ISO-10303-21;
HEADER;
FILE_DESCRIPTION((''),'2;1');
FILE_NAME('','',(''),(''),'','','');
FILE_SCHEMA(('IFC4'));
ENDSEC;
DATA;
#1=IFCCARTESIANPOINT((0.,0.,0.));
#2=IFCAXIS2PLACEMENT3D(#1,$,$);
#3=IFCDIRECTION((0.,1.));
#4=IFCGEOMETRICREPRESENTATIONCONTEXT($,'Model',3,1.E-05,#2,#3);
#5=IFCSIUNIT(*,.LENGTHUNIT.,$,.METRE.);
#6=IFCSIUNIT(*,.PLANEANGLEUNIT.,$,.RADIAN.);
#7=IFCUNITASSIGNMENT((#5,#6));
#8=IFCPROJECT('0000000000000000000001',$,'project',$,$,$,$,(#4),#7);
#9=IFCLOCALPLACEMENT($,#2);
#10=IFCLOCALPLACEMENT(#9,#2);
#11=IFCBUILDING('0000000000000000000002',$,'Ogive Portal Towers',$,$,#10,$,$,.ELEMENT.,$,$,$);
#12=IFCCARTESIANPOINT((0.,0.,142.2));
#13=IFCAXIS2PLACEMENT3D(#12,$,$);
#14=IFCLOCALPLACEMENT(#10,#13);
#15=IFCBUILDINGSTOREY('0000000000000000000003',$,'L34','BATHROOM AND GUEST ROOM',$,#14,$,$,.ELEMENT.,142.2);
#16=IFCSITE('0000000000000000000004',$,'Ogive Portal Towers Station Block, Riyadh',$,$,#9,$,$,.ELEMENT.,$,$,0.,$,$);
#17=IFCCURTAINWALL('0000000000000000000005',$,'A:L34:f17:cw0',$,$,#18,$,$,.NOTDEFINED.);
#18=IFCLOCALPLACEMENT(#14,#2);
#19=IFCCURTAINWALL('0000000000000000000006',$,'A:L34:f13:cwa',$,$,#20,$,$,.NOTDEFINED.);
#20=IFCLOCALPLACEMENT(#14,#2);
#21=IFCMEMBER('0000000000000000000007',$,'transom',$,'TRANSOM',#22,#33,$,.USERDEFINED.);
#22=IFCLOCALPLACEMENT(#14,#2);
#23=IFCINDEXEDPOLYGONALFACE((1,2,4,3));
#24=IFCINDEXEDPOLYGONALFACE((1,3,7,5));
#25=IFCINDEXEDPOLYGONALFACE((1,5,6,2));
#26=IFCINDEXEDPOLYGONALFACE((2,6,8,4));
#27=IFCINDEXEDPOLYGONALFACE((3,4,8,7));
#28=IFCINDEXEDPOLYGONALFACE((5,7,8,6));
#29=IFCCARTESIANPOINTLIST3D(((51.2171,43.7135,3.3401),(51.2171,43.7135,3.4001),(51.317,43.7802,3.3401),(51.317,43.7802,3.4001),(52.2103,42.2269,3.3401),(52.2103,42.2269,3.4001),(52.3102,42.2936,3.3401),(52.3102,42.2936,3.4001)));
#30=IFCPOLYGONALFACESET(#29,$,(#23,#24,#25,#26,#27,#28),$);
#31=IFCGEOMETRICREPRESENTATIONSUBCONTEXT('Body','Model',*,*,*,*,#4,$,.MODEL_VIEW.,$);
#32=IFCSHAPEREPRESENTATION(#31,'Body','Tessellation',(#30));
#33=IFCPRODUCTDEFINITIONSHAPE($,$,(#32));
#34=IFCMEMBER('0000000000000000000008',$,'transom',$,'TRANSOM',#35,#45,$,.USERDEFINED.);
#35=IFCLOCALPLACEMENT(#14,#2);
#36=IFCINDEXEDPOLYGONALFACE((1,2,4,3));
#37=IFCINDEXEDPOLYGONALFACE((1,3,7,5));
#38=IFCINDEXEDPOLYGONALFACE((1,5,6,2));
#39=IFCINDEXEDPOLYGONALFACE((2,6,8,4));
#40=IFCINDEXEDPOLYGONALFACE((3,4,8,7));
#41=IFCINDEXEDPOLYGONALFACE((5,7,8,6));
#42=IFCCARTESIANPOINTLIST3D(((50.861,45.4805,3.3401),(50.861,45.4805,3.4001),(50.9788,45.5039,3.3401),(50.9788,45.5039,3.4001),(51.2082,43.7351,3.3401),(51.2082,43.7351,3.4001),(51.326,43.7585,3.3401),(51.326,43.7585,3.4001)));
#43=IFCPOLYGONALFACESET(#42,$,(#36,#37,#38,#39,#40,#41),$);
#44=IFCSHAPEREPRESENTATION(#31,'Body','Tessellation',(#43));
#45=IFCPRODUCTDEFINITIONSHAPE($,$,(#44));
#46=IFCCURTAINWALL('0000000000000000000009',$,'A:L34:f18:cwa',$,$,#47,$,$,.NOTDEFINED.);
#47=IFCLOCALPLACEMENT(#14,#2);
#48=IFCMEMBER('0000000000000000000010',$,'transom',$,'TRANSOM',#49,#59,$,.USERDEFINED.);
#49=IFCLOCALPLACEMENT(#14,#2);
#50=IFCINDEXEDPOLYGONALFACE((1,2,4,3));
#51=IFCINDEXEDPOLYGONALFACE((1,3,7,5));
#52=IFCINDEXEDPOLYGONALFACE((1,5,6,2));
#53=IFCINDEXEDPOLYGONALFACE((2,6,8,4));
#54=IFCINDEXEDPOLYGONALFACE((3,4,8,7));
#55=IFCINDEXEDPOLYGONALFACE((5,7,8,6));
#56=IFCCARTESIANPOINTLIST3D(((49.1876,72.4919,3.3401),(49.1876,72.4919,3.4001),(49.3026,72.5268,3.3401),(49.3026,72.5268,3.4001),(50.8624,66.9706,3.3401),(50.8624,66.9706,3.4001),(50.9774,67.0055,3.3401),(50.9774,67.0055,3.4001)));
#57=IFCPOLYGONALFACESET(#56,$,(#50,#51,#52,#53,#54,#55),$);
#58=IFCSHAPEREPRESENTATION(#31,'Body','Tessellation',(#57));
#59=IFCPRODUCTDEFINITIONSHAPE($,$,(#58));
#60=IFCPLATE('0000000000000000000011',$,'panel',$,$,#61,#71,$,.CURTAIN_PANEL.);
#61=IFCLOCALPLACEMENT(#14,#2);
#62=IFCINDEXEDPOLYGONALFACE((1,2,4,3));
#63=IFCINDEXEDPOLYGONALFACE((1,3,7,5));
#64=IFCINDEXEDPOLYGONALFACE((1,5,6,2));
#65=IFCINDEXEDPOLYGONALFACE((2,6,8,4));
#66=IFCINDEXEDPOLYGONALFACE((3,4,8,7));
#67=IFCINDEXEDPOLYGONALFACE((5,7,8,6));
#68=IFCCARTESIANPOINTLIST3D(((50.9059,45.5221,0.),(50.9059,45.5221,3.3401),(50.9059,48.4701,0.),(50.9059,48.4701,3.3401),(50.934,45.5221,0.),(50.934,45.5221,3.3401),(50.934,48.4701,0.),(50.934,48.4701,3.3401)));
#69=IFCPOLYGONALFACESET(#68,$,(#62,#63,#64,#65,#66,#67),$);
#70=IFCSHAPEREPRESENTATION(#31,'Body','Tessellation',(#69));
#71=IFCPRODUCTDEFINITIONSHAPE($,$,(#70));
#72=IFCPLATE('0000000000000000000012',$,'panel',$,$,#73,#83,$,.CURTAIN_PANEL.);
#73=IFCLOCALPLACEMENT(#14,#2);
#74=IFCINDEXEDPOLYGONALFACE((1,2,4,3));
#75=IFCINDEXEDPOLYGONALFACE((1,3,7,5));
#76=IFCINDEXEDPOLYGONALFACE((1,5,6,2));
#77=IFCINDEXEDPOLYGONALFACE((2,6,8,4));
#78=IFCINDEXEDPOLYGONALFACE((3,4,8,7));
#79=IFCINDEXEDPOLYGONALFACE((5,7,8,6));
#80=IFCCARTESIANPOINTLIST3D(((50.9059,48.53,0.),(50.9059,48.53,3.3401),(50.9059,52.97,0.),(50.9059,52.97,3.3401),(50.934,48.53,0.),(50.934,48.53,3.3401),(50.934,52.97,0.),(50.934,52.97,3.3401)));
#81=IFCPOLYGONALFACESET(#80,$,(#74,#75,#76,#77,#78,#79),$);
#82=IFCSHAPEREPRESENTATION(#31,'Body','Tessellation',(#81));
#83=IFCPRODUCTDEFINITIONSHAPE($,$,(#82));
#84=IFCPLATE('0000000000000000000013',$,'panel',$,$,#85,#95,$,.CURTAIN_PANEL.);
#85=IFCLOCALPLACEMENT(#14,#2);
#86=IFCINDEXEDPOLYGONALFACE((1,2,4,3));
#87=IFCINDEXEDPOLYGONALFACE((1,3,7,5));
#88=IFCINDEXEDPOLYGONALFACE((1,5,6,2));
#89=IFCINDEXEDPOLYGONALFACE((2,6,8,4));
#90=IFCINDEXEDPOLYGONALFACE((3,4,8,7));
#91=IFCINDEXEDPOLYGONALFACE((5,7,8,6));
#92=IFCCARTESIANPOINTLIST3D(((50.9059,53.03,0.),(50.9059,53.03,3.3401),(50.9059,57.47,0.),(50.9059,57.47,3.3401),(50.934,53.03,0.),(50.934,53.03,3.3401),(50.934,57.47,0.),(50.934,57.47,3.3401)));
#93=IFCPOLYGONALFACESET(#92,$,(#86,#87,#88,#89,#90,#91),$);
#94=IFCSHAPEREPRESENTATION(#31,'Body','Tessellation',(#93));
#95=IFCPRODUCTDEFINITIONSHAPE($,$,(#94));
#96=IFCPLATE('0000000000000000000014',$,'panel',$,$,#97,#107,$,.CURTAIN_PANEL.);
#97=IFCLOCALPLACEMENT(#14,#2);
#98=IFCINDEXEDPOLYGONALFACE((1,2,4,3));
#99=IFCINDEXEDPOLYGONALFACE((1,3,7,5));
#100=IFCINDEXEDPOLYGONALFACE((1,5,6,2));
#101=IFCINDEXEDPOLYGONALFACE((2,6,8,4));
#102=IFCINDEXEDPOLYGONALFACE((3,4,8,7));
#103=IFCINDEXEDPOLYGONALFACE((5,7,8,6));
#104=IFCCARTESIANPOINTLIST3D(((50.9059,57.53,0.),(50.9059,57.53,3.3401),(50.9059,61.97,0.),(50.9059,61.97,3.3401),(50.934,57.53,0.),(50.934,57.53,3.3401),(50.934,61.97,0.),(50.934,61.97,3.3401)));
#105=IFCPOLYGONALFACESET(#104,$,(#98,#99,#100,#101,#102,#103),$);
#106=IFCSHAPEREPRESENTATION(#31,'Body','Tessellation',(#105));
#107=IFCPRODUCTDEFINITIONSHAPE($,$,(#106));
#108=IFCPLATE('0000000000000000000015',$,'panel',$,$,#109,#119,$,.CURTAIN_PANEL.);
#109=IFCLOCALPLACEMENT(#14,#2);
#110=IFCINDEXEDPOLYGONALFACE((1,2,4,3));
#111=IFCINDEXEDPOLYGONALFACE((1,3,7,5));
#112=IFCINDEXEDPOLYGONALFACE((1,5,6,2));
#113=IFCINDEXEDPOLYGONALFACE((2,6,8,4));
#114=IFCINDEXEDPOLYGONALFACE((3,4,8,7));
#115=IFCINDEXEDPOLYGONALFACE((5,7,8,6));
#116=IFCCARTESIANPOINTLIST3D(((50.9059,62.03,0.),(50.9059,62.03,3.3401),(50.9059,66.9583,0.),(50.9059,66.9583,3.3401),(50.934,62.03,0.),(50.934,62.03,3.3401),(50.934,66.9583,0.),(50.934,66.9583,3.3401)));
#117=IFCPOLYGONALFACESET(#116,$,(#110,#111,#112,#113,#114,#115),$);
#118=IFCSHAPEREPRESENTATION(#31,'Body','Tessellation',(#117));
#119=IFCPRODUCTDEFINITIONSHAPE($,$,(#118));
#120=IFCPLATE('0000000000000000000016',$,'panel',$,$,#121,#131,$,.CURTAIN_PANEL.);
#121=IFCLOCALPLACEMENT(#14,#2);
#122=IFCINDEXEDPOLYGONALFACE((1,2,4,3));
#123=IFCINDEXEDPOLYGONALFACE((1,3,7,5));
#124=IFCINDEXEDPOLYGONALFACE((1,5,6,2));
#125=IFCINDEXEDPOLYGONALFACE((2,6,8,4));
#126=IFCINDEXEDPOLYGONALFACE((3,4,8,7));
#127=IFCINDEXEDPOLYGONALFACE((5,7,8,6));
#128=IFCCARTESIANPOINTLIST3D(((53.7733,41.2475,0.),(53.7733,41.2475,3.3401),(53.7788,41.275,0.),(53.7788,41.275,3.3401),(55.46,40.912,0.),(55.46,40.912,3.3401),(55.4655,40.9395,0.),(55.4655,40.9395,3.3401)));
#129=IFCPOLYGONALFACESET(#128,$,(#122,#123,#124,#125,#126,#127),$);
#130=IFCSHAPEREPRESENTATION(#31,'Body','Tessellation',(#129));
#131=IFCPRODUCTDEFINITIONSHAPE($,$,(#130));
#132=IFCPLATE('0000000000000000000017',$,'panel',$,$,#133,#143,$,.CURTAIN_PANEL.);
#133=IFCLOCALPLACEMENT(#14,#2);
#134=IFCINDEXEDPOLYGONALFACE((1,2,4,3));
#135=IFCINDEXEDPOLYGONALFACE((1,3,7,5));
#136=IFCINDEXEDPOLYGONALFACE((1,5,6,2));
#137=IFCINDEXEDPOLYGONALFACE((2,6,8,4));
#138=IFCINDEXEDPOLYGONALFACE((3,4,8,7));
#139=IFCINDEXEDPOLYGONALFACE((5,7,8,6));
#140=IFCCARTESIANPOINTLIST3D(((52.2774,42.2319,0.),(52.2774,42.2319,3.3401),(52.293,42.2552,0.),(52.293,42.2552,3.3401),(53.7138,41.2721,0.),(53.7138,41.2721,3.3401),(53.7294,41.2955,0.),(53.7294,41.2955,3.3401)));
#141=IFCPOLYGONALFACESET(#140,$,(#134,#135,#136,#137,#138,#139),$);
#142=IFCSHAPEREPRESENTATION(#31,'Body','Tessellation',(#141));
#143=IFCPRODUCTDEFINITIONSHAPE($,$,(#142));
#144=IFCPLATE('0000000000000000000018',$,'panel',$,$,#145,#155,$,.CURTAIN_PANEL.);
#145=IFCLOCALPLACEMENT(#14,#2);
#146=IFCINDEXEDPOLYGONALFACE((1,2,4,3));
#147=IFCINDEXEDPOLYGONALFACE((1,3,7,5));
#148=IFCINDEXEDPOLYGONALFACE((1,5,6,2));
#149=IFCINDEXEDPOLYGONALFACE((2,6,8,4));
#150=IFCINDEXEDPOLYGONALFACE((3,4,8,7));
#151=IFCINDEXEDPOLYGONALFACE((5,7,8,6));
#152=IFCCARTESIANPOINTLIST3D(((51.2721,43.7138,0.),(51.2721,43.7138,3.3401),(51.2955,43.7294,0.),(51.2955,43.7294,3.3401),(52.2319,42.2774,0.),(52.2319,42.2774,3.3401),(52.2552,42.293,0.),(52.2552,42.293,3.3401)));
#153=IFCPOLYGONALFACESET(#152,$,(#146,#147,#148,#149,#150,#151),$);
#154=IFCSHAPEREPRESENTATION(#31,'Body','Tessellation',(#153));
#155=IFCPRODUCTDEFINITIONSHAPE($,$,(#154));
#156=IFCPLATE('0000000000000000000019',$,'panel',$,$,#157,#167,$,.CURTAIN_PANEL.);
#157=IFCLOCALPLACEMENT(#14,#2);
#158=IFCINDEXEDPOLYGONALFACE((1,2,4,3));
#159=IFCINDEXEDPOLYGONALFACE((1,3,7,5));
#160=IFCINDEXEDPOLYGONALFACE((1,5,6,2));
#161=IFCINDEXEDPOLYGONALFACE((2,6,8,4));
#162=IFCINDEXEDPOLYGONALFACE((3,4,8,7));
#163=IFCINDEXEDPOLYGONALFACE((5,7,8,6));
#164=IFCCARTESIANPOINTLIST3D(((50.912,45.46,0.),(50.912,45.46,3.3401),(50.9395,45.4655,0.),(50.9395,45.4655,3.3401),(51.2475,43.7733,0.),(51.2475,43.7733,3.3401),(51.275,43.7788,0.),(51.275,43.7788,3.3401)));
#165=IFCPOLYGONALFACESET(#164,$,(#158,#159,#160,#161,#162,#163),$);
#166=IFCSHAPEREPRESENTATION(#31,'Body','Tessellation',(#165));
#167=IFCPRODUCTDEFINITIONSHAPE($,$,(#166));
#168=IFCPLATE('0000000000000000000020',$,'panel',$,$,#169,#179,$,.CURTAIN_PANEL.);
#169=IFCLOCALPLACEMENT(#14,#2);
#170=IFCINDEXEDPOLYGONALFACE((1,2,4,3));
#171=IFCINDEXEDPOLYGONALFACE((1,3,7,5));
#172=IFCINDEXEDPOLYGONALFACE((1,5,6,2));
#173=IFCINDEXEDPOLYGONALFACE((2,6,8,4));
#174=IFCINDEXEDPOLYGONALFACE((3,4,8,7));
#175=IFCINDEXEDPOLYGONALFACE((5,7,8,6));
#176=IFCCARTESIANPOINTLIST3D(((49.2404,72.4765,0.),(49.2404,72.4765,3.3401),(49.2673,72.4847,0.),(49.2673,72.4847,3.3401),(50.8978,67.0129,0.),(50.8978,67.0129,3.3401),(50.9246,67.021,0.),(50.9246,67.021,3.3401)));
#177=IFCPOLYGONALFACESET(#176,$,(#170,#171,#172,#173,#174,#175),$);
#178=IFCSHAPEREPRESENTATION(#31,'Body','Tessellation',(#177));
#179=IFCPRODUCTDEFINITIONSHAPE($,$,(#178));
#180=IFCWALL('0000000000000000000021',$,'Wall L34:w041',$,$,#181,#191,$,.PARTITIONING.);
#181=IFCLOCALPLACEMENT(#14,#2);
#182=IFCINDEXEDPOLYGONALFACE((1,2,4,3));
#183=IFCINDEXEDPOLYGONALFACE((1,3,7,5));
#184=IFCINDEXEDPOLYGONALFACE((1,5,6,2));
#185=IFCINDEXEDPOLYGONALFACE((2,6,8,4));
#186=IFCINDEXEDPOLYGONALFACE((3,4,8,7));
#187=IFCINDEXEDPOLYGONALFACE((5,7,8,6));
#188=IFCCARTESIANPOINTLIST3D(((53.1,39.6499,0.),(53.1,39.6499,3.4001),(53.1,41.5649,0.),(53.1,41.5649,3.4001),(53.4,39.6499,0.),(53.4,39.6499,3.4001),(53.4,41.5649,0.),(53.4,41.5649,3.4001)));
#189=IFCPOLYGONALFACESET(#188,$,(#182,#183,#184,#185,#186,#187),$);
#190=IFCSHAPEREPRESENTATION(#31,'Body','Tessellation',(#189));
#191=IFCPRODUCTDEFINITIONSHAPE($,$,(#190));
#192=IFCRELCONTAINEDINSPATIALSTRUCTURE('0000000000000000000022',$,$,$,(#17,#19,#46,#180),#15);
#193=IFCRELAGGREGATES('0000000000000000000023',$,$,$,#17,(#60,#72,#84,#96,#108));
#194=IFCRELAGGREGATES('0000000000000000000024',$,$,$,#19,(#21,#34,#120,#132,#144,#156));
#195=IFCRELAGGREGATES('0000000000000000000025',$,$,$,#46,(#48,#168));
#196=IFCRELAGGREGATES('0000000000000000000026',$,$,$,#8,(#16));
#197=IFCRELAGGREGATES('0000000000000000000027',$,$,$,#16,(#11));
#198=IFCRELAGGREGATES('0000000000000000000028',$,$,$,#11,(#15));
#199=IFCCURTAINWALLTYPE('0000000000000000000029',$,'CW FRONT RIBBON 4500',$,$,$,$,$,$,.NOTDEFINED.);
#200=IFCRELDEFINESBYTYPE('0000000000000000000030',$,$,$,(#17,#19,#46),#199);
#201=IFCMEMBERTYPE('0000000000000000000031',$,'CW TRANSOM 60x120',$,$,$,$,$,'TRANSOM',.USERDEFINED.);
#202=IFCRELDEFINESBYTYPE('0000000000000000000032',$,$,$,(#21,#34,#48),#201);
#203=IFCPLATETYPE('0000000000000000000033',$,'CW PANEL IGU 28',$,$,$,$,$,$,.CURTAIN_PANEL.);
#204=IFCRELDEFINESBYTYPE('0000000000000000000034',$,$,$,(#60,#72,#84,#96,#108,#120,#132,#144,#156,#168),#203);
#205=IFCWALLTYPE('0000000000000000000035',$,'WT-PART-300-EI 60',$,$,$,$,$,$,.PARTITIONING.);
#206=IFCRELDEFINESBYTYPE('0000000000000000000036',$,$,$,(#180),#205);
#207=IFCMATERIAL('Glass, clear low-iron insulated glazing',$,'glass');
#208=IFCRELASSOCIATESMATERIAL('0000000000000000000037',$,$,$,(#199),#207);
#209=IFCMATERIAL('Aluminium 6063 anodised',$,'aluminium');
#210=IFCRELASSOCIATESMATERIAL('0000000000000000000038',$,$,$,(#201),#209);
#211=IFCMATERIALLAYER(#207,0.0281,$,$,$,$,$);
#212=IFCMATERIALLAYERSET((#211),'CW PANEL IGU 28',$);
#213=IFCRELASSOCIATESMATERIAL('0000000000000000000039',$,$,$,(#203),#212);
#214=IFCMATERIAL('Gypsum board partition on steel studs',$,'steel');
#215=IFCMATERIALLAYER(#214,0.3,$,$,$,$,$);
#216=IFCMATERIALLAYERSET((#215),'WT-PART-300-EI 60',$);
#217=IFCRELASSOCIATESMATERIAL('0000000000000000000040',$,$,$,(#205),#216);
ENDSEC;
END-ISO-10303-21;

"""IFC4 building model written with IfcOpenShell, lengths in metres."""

from ifc_helpers import new_model, si_unit, direction, frame, frame_2d, origin, origin_2d, place, context, subcontext, project, spatial, rectangle, extrude, material, layer, layer_set, material_profile, profile_set, type_object, element, aggregate, save


model = new_model("IFC4")

# Units and contexts
model_context = context("Model", 3, precision=1e-05, world=origin(), true_north=direction((0.0, 1.0)))
body_context = subcontext(model_context, "Body", "Model", "MODEL_VIEW")
ifc_project = project(units=[si_unit("LENGTHUNIT", "METRE"), si_unit("PLANEANGLEUNIT", "RADIAN")], contexts=[model_context])

# Site, building, storey
site_placement = place(None, origin())
site = spatial("IfcSite", under=ifc_project, at=site_placement, Name="Ogive Portal Towers Station Block, Riyadh", CompositionType="ELEMENT", RefElevation=0.0)
building_placement = place(site_placement, origin())
building = spatial("IfcBuilding", under=site, at=building_placement, Name="Ogive Portal Towers", CompositionType="ELEMENT")
storey_placement = place(building_placement, frame((0.0, 0.0, 142.2)))
storey = spatial("IfcBuildingStorey", under=building, at=storey_placement, Name="L34", Description="BATHROOM AND GUEST ROOM", CompositionType="ELEMENT", Elevation=142.2)

# Curtain walls
ifc_material_1 = material(Name="Glass, clear low-iron insulated glazing", Category="glass")
curtain_wall_type = type_object("IfcCurtainWallType", Name="CW FRONT RIBBON 4500", PredefinedType="NOTDEFINED", material=ifc_material_1)
curtain_wall_1_placement = place(storey_placement, origin())
curtain_wall_1 = element("IfcCurtainWall", 1, at=curtain_wall_1_placement, inside=storey, type_object=curtain_wall_type, Name="A:L34:f17:cw0", PredefinedType="NOTDEFINED")
ifc_material_2 = material(Name="Aluminium 6063 anodised", Category="aluminium")
curtain_wall_2_placement = place(storey_placement, origin())
curtain_wall_2 = element("IfcCurtainWall", 2, at=curtain_wall_2_placement, inside=storey, type_object=curtain_wall_type, Name="A:L34:f13:cwa", PredefinedType="NOTDEFINED")

# Members
ifc_material_profile_1 = material_profile(ifc_material_2, rectangle(XDim=0.1201, YDim=0.0601, at=origin_2d()), Name="AL 120x60")
ifc_profile_set_1 = profile_set([ifc_material_profile_1], Name="Aluminium 6063 anodised")
member_type_1 = type_object("IfcMemberType", Name="CW TRANSOM 60x120", ElementType="TRANSOM", PredefinedType="USERDEFINED", material=ifc_profile_set_1)
member_1_placement = place(storey_placement, frame((52.2603, 42.2603, 3.3701), z_axis=(-0.555519, 0.831504, 0.0), x_axis=(-0.831504, -0.555519, 0.0)))
member_1 = element("IfcMember", 3, at=member_1_placement, type_object=member_type_1, Name="transom", ObjectType="TRANSOM", PredefinedType="USERDEFINED", context=body_context, shape_type="SweptSolid", body=[
    extrude(rectangle(XDim=0.1201, YDim=0.0601, at=origin_2d()), origin(), (0.0, 0.0, 1.0), 1.7878),
])
member_2_placement = place(storey_placement, frame((51.2671, 43.7468, 3.3701), z_axis=(-0.195087, 0.980786, 0.0), x_axis=(-0.980786, -0.195087, 0.0)))
member_2 = element("IfcMember", 4, at=member_2_placement, type_object=member_type_1, Name="transom", ObjectType="TRANSOM", PredefinedType="USERDEFINED", context=body_context, shape_type="SweptSolid", body=[
    extrude(rectangle(XDim=0.1201, YDim=0.0601, at=origin_2d()), origin(), (0.0, 0.0, 1.0), 1.7795),
])

# Curtain wall, member
curtain_wall_3_placement = place(storey_placement, origin())
curtain_wall_3 = element("IfcCurtainWall", 5, at=curtain_wall_3_placement, inside=storey, type_object=curtain_wall_type, Name="A:L34:f18:cwa", PredefinedType="NOTDEFINED")
member_3_placement = place(storey_placement, frame((50.9199, 66.988, 3.3701), z_axis=(-0.290277, 0.956943, 0.0), x_axis=(-0.956943, -0.290277, 0.0)))
member_3 = element("IfcMember", 6, at=member_3_placement, type_object=member_type_1, Name="transom", ObjectType="TRANSOM", PredefinedType="USERDEFINED", context=body_context, shape_type="SweptSolid", body=[
    extrude(rectangle(XDim=0.1201, YDim=0.0601, at=origin_2d()), origin(), (0.0, 0.0, 1.0), 5.7698),
])

# Plates
ifc_layer_1 = layer(ifc_material_1, 0.0281)
ifc_layer_set_1 = layer_set([ifc_layer_1], Name="CW PANEL IGU 28")
plate_type = type_object("IfcPlateType", Name="CW PANEL IGU 28", PredefinedType="CURTAIN_PANEL", material=ifc_layer_set_1)
plate_1_placement = place(storey_placement, frame((50.9199, 46.9961, 0.0), z_axis=(0.0, 0.0, 1.0), x_axis=(0.0, 1.0, 0.0)))
plate_1 = element("IfcPlate", 7, at=plate_1_placement, type_object=plate_type, Name="panel", PredefinedType="CURTAIN_PANEL", context=body_context, shape_type="SweptSolid", body=[
    extrude(rectangle(XDim=2.948, YDim=0.0281, at=origin_2d()), origin(), (0.0, 0.0, 1.0), 3.3401),
])
plate_2_placement = place(storey_placement, frame((50.9199, 50.75, 0.0), z_axis=(0.0, 0.0, 1.0), x_axis=(0.0, 1.0, 0.0)))
plate_2 = element("IfcPlate", 8, at=plate_2_placement, type_object=plate_type, Name="panel", PredefinedType="CURTAIN_PANEL", context=body_context, shape_type="SweptSolid", body=[
    extrude(rectangle(XDim=4.4399, YDim=0.0281, at=origin_2d()), origin(), (0.0, 0.0, 1.0), 3.3401),
])
plate_3_placement = place(storey_placement, frame((50.9199, 55.25, 0.0), z_axis=(0.0, 0.0, 1.0), x_axis=(0.0, 1.0, 0.0)))
plate_3 = element("IfcPlate", 9, at=plate_3_placement, type_object=plate_type, Name="panel", PredefinedType="CURTAIN_PANEL", context=body_context, shape_type="SweptSolid", body=[
    extrude(rectangle(XDim=4.4399, YDim=0.0281, at=origin_2d()), origin(), (0.0, 0.0, 1.0), 3.3401),
])
plate_4_placement = place(storey_placement, frame((50.9199, 59.75, 0.0), z_axis=(0.0, 0.0, 1.0), x_axis=(0.0, 1.0, 0.0)))
plate_4 = element("IfcPlate", 10, at=plate_4_placement, type_object=plate_type, Name="panel", PredefinedType="CURTAIN_PANEL", context=body_context, shape_type="SweptSolid", body=[
    extrude(rectangle(XDim=4.4399, YDim=0.0281, at=origin_2d()), origin(), (0.0, 0.0, 1.0), 3.3401),
])
plate_5_placement = place(storey_placement, frame((50.9199, 64.4941, 0.0), z_axis=(0.0, 0.0, 1.0), x_axis=(0.0, 1.0, 0.0)))
plate_5 = element("IfcPlate", 11, at=plate_5_placement, type_object=plate_type, Name="panel", PredefinedType="CURTAIN_PANEL", context=body_context, shape_type="SweptSolid", body=[
    extrude(rectangle(XDim=4.9282, YDim=0.0281, at=origin_2d()), origin(), (0.0, 0.0, 1.0), 3.3401),
])
aggregate(curtain_wall_1, [plate_1, plate_2, plate_3, plate_4, plate_5])
plate_6_placement = place(storey_placement, frame((54.6194, 41.0935, 0.0), z_axis=(0.0, 0.0, 1.0), x_axis=(-0.980785, 0.19509, 0.0)))
plate_6 = element("IfcPlate", 12, at=plate_6_placement, type_object=plate_type, Name="panel", PredefinedType="CURTAIN_PANEL", context=body_context, shape_type="SweptSolid", body=[
    extrude(rectangle(XDim=1.7197, YDim=0.0281, at=origin_2d()), origin(), (0.0, 0.0, 1.0), 3.3401),
])
plate_7_placement = place(storey_placement, frame((53.0034, 41.7637, 0.0), z_axis=(0.0, 0.0, 1.0), x_axis=(-0.83147, 0.55557, 0.0)))
plate_7 = element("IfcPlate", 13, at=plate_7_placement, type_object=plate_type, Name="panel", PredefinedType="CURTAIN_PANEL", context=body_context, shape_type="SweptSolid", body=[
    extrude(rectangle(XDim=1.7275, YDim=0.0281, at=origin_2d()), origin(), (0.0, 0.0, 1.0), 3.3401),
])
plate_8_placement = place(storey_placement, frame((51.7637, 43.0034, 0.0), z_axis=(0.0, 0.0, 1.0), x_axis=(-0.55557, 0.83147, 0.0)))
plate_8 = element("IfcPlate", 14, at=plate_8_placement, type_object=plate_type, Name="panel", PredefinedType="CURTAIN_PANEL", context=body_context, shape_type="SweptSolid", body=[
    extrude(rectangle(XDim=1.7275, YDim=0.0281, at=origin_2d()), origin(), (0.0, 0.0, 1.0), 3.3401),
])
plate_9_placement = place(storey_placement, frame((51.0935, 44.6194, 0.0), z_axis=(0.0, 0.0, 1.0), x_axis=(-0.19509, 0.980785, 0.0)))
plate_9 = element("IfcPlate", 15, at=plate_9_placement, type_object=plate_type, Name="panel", PredefinedType="CURTAIN_PANEL", context=body_context, shape_type="SweptSolid", body=[
    extrude(rectangle(XDim=1.7197, YDim=0.0281, at=origin_2d()), origin(), (0.0, 0.0, 1.0), 3.3401),
])
aggregate(curtain_wall_2, [member_1, member_2, plate_6, plate_7, plate_8, plate_9])
plate_10_placement = place(storey_placement, frame((50.0825, 69.7488, 0.0), z_axis=(0.0, 0.0, 1.0), x_axis=(-0.290285, 0.95694, 0.0)))
plate_10 = element("IfcPlate", 16, at=plate_10_placement, type_object=plate_type, Name="panel", PredefinedType="CURTAIN_PANEL", context=body_context, shape_type="SweptSolid", body=[
    extrude(rectangle(XDim=5.7095, YDim=0.0281, at=origin_2d()), origin(), (0.0, 0.0, 1.0), 3.3401),
])
aggregate(curtain_wall_3, [member_3, plate_10])

# Wall
ifc_material_3 = material(Name="Gypsum board partition on steel studs", Category="steel")
ifc_layer_2 = layer(ifc_material_3, 0.3)
ifc_layer_set_2 = layer_set([ifc_layer_2], Name="WT-PART-300-EI 60")
wall_type_1 = type_object("IfcWallType", Name="WT-PART-300-EI 60", PredefinedType="PARTITIONING", material=ifc_layer_set_2)
wall_1_placement = place(storey_placement, frame((53.25, 39.6499, 0.0), z_axis=(0.0, 0.0, 1.0), x_axis=(0.0, 1.0, 0.0)))
element("IfcWall", 17, at=wall_1_placement, inside=storey, type_object=wall_type_1, Name="Wall L34:w041", PredefinedType="PARTITIONING", context=body_context, shape_type="SweptSolid", body=[
    extrude(rectangle(XDim=1.915, YDim=0.3, at=frame_2d((0.9575, 0.0))), origin(), (0.0, 0.0, 1.0), 3.4001),
])

save(model, "model.ifc")
